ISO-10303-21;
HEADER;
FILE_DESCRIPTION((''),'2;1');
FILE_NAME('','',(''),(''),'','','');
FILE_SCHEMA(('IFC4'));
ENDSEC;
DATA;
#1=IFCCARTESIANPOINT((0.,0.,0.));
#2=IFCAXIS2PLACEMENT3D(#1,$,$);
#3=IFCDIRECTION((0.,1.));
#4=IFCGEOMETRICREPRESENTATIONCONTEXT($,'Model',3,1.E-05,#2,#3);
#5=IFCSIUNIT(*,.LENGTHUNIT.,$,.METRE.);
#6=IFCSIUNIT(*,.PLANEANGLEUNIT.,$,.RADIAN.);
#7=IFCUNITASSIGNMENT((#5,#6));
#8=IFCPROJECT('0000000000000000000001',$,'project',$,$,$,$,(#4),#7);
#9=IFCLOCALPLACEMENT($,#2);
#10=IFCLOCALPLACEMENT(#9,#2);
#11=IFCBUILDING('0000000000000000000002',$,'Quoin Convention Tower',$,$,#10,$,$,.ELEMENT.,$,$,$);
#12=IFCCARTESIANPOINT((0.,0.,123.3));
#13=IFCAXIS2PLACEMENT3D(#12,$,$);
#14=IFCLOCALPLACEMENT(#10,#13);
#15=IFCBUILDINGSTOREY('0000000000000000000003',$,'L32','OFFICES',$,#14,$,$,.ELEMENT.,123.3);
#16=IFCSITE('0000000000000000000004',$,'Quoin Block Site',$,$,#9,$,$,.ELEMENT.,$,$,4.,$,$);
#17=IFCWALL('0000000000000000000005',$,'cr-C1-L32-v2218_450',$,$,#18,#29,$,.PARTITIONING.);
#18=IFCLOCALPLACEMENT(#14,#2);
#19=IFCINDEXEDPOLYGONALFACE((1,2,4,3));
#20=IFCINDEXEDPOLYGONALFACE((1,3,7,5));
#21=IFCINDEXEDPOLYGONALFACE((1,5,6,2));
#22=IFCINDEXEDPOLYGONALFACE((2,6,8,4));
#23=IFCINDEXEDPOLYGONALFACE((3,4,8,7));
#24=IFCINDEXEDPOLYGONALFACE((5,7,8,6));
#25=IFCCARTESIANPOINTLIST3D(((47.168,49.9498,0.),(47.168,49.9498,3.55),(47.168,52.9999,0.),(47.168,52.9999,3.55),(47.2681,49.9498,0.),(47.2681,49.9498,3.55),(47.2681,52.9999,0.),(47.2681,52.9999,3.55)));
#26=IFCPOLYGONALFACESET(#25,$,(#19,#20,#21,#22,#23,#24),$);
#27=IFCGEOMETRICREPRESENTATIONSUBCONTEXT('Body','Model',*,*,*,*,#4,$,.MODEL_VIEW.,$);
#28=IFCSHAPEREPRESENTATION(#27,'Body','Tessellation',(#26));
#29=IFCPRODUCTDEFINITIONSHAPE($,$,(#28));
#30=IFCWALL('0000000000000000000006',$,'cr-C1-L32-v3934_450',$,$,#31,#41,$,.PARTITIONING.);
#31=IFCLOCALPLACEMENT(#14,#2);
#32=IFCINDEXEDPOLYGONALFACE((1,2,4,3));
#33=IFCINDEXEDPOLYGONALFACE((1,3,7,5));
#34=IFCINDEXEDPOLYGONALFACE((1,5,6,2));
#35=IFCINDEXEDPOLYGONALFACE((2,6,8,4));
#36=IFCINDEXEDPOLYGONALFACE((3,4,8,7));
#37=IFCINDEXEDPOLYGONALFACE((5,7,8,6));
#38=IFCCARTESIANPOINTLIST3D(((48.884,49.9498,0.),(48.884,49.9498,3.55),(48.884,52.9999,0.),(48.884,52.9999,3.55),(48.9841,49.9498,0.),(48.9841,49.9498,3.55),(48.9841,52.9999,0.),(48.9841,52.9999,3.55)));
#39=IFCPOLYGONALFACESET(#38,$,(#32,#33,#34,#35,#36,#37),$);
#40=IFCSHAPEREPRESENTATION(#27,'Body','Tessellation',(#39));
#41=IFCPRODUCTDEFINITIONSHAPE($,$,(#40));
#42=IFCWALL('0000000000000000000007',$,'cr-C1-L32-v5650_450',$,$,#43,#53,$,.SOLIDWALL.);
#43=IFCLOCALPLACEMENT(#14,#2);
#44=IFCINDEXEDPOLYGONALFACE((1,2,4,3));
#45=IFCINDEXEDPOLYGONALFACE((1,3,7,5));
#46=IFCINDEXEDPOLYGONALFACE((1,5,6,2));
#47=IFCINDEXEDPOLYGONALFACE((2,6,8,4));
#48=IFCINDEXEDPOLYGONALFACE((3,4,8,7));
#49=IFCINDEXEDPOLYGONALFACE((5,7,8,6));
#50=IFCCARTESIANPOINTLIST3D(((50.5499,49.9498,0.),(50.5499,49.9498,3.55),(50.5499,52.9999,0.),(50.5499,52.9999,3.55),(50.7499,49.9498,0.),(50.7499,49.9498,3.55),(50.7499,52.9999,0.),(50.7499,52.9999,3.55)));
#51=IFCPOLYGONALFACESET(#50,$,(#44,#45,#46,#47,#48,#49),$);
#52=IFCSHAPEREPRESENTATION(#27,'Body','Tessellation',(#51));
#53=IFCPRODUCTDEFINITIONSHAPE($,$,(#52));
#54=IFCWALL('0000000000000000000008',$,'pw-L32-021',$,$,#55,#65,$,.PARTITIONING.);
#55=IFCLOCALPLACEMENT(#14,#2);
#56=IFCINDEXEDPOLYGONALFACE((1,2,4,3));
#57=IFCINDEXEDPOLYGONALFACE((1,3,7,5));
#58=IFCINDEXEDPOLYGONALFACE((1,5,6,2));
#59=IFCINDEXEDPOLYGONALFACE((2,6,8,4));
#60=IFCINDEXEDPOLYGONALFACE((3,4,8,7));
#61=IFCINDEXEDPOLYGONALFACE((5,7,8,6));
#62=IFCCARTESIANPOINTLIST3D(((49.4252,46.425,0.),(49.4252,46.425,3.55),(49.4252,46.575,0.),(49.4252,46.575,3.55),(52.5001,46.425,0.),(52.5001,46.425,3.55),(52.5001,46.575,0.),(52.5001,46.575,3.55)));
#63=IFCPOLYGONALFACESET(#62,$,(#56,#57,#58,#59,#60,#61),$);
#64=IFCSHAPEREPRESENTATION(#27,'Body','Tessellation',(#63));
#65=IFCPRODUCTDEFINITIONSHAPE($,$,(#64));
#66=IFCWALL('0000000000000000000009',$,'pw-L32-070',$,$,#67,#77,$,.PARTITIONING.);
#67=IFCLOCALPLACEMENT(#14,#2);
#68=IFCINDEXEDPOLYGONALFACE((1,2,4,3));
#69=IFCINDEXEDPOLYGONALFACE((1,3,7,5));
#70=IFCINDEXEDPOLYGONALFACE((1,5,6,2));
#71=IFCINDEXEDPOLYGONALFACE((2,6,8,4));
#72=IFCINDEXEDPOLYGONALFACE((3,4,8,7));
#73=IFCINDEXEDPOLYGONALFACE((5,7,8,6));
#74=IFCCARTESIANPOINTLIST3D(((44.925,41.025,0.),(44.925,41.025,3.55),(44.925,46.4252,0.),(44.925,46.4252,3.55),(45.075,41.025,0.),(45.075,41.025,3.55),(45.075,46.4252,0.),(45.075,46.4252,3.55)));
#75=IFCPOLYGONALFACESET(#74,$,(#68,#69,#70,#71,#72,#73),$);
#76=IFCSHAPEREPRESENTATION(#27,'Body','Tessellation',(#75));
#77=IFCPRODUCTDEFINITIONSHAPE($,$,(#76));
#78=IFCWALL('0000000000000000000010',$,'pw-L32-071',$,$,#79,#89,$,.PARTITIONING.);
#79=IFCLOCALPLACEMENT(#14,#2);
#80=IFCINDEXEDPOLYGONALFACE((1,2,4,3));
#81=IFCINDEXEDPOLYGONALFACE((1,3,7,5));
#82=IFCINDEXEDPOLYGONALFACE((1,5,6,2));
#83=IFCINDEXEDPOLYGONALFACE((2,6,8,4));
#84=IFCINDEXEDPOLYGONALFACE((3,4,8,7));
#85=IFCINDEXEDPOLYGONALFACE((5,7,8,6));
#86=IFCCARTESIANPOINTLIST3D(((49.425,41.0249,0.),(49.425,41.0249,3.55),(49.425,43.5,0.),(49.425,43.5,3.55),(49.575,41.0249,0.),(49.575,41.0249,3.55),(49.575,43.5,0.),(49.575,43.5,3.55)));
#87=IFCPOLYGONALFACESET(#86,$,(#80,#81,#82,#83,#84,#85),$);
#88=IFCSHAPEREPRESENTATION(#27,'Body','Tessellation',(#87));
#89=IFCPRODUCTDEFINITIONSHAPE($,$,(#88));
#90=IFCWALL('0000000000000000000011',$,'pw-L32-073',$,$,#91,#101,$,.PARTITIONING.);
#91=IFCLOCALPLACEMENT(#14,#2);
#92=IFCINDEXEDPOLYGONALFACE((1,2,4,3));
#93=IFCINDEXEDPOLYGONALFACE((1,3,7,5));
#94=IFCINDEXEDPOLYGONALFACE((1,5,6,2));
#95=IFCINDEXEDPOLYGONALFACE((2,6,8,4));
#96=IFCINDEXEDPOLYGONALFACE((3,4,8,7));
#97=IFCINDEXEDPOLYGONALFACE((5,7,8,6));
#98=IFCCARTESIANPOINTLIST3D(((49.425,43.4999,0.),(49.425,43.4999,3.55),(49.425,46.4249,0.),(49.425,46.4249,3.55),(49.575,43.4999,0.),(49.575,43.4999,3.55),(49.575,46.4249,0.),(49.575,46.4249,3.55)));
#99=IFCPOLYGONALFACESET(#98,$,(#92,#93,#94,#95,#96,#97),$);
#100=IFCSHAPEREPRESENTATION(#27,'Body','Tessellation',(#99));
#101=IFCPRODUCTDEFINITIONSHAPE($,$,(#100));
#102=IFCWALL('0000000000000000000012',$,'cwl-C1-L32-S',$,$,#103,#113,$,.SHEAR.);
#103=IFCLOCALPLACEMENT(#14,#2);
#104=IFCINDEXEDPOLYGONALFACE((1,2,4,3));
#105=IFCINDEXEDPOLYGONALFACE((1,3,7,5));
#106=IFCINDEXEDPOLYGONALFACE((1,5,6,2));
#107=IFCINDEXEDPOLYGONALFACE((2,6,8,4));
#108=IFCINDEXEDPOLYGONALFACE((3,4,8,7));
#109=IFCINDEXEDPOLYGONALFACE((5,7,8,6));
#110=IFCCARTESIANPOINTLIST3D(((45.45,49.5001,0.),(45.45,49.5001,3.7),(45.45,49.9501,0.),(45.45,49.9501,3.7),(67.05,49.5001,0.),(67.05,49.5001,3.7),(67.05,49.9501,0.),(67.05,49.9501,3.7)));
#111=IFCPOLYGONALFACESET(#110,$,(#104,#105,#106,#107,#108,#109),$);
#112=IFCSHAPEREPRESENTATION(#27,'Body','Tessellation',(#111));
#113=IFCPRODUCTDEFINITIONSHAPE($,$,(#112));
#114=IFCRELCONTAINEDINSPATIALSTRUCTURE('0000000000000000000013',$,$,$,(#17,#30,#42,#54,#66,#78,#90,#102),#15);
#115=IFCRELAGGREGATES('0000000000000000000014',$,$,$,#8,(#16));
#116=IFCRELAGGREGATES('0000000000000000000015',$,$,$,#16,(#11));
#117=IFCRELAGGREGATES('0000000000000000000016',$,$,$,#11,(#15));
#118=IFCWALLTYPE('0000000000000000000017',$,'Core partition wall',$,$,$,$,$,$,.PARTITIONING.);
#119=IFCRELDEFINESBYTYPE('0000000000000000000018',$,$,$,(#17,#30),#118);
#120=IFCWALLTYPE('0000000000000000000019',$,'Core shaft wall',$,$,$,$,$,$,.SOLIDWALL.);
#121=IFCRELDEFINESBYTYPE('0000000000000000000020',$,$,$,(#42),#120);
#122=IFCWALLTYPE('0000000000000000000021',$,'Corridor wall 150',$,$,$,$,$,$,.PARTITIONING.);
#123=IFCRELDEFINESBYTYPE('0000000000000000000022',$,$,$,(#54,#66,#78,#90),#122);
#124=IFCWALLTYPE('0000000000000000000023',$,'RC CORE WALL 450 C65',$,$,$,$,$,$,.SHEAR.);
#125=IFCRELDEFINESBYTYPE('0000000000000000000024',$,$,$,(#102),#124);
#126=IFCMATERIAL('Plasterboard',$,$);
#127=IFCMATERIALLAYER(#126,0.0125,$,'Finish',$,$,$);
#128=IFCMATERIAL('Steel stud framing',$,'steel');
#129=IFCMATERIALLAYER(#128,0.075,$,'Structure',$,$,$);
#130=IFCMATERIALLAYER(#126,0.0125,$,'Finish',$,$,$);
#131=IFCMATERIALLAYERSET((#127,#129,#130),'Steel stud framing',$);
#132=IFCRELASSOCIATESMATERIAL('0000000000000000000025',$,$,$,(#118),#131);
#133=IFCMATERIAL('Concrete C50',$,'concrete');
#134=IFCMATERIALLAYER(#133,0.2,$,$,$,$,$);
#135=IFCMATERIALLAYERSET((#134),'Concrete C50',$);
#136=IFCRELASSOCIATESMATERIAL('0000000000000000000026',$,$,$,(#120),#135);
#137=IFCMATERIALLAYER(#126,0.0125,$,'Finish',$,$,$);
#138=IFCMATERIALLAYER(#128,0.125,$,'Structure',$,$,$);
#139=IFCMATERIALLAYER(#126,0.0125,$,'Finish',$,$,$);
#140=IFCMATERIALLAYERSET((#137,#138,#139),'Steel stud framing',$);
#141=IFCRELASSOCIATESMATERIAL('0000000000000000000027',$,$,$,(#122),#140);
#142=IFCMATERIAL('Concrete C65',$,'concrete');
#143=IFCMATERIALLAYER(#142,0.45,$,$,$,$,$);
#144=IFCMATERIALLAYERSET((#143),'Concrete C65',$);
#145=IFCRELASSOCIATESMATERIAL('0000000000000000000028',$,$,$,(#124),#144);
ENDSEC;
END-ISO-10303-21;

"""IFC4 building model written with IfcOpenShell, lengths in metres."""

from ifc_helpers import new_model, si_unit, direction, frame, frame_2d, origin, place, context, subcontext, project, spatial, rectangle, extrude, material, layer, layer_set, type_object, element, save


model = new_model("IFC4")

# Units and contexts
model_context = context("Model", 3, precision=1e-05, world=origin(), true_north=direction((0.0, 1.0)))
body_context = subcontext(model_context, "Body", "Model", "MODEL_VIEW")
ifc_project = project(units=[si_unit("LENGTHUNIT", "METRE"), si_unit("PLANEANGLEUNIT", "RADIAN")], contexts=[model_context])

# Site, building, storey
site_placement = place(None, origin())
site = spatial("IfcSite", under=ifc_project, at=site_placement, Name="Quoin Block Site", CompositionType="ELEMENT", RefElevation=4.0)
building_placement = place(site_placement, origin())
building = spatial("IfcBuilding", under=site, at=building_placement, Name="Quoin Convention Tower", CompositionType="ELEMENT")
storey_placement = place(building_placement, frame((0.0, 0.0, 123.3)))
storey = spatial("IfcBuildingStorey", under=building, at=storey_placement, Name="L32", Description="OFFICES", CompositionType="ELEMENT", Elevation=123.3)

# Shared definitions
ifc_material_1 = material(Name="Plasterboard")
ifc_material_2 = material(Name="Steel stud framing", Category="steel")

# Walls
ifc_layer_1 = layer(ifc_material_1, 0.0125, Name="Finish")
ifc_layer_2 = layer(ifc_material_2, 0.075, Name="Structure")
ifc_layer_3 = layer(ifc_material_1, 0.0125, Name="Finish")
ifc_layer_set_1 = layer_set([ifc_layer_1, ifc_layer_2, ifc_layer_3], Name="Steel stud framing")
wall_type_1 = type_object("IfcWallType", Name="Core partition wall", PredefinedType="PARTITIONING", material=ifc_layer_set_1)
for number, where, z_axis, x_axis, name in (
    (1, (47.218, 49.95, 0.0), (0.0, 0.0, 1.0), (0.0, 1.0, 0.0), "cr-C1-L32-v2218_450"),
    (2, (48.9341, 49.95, 0.0), (0.0, 0.0, 1.0), (0.0, 1.0, 0.0), "cr-C1-L32-v3934_450"),
):
    element("IfcWall", number, at=place(storey_placement, frame(where, z_axis=z_axis, x_axis=x_axis)), inside=storey, type_object=wall_type_1, Name=name, PredefinedType="PARTITIONING", context=body_context, shape_type="SweptSolid", body=[
        extrude(rectangle(XDim=3.05, YDim=0.1001, at=frame_2d((1.5249, 0.0))), origin(), (0.0, 0.0, 1.0), 3.55),
    ])
ifc_material_3 = material(Name="Concrete C50", Category="concrete")
ifc_layer_4 = layer(ifc_material_3, 0.2)
ifc_layer_set_2 = layer_set([ifc_layer_4], Name="Concrete C50")
wall_type_2 = type_object("IfcWallType", Name="Core shaft wall", PredefinedType="SOLIDWALL", material=ifc_layer_set_2)
wall_1_placement = place(storey_placement, frame((50.6499, 49.95, 0.0), z_axis=(0.0, 0.0, 1.0), x_axis=(0.0, 1.0, 0.0)))
element("IfcWall", 3, at=wall_1_placement, inside=storey, type_object=wall_type_2, Name="cr-C1-L32-v5650_450", PredefinedType="SOLIDWALL", context=body_context, shape_type="SweptSolid", body=[
    extrude(rectangle(XDim=3.05, YDim=0.2, at=frame_2d((1.5249, 0.0))), origin(), (0.0, 0.0, 1.0), 3.55),
])
ifc_layer_5 = layer(ifc_material_1, 0.0125, Name="Finish")
ifc_layer_6 = layer(ifc_material_2, 0.125, Name="Structure")
ifc_layer_7 = layer(ifc_material_1, 0.0125, Name="Finish")
ifc_layer_set_3 = layer_set([ifc_layer_5, ifc_layer_6, ifc_layer_7], Name="Steel stud framing")
wall_type_3 = type_object("IfcWallType", Name="Corridor wall 150", PredefinedType="PARTITIONING", material=ifc_layer_set_3)
wall_2_placement = place(storey_placement, frame((49.425, 46.5, 0.0), z_axis=(0.0, 0.0, 1.0), x_axis=(1.0, 0.0, 0.0)))
element("IfcWall", 4, at=wall_2_placement, inside=storey, type_object=wall_type_3, Name="pw-L32-021", PredefinedType="PARTITIONING", context=body_context, shape_type="SweptSolid", body=[
    extrude(rectangle(XDim=3.075, YDim=0.1499, at=frame_2d((1.5376, 0.0))), origin(), (0.0, 0.0, 1.0), 3.55),
])
wall_3_placement = place(storey_placement, frame((45.0, 41.0249, 0.0), z_axis=(0.0, 0.0, 1.0), x_axis=(0.0, 1.0, 0.0)))
element("IfcWall", 5, at=wall_3_placement, inside=storey, type_object=wall_type_3, Name="pw-L32-070", PredefinedType="PARTITIONING", context=body_context, shape_type="SweptSolid", body=[
    extrude(rectangle(XDim=5.4001, YDim=0.1499, at=frame_2d((2.7002, 0.0))), origin(), (0.0, 0.0, 1.0), 3.55),
])
wall_4_placement = place(storey_placement, frame((49.5, 41.0249, 0.0), z_axis=(0.0, 0.0, 1.0), x_axis=(0.0, 1.0, 0.0)))
element("IfcWall", 6, at=wall_4_placement, inside=storey, type_object=wall_type_3, Name="pw-L32-071", PredefinedType="PARTITIONING", context=body_context, shape_type="SweptSolid", body=[
    extrude(rectangle(XDim=2.4751, YDim=0.1499, at=frame_2d((1.2375, 0.0))), origin(), (0.0, 0.0, 1.0), 3.55),
])
wall_5_placement = place(storey_placement, frame((49.5, 43.5, 0.0), z_axis=(0.0, 0.0, 1.0), x_axis=(0.0, 1.0, 0.0)))
element("IfcWall", 7, at=wall_5_placement, inside=storey, type_object=wall_type_3, Name="pw-L32-073", PredefinedType="PARTITIONING", context=body_context, shape_type="SweptSolid", body=[
    extrude(rectangle(XDim=2.925, YDim=0.1499, at=frame_2d((1.4624, 0.0))), origin(), (0.0, 0.0, 1.0), 3.55),
])
ifc_material_4 = material(Name="Concrete C65", Category="concrete")
ifc_layer_8 = layer(ifc_material_4, 0.45)
ifc_layer_set_4 = layer_set([ifc_layer_8], Name="Concrete C65")
wall_type_4 = type_object("IfcWallType", Name="RC CORE WALL 450 C65", PredefinedType="SHEAR", material=ifc_layer_set_4)
wall_6_placement = place(storey_placement, frame((45.45, 49.7251, 0.0), z_axis=(0.0, 0.0, 1.0), x_axis=(1.0, 0.0, 0.0)))
element("IfcWall", 8, at=wall_6_placement, inside=storey, type_object=wall_type_4, Name="cwl-C1-L32-S", PredefinedType="SHEAR", context=body_context, shape_type="SweptSolid", body=[
    extrude(rectangle(XDim=21.6001, YDim=0.45, at=frame_2d((10.8, 0.0))), origin(), (0.0, 0.0, 1.0), 3.7),
])

save(model, "model.ifc")
